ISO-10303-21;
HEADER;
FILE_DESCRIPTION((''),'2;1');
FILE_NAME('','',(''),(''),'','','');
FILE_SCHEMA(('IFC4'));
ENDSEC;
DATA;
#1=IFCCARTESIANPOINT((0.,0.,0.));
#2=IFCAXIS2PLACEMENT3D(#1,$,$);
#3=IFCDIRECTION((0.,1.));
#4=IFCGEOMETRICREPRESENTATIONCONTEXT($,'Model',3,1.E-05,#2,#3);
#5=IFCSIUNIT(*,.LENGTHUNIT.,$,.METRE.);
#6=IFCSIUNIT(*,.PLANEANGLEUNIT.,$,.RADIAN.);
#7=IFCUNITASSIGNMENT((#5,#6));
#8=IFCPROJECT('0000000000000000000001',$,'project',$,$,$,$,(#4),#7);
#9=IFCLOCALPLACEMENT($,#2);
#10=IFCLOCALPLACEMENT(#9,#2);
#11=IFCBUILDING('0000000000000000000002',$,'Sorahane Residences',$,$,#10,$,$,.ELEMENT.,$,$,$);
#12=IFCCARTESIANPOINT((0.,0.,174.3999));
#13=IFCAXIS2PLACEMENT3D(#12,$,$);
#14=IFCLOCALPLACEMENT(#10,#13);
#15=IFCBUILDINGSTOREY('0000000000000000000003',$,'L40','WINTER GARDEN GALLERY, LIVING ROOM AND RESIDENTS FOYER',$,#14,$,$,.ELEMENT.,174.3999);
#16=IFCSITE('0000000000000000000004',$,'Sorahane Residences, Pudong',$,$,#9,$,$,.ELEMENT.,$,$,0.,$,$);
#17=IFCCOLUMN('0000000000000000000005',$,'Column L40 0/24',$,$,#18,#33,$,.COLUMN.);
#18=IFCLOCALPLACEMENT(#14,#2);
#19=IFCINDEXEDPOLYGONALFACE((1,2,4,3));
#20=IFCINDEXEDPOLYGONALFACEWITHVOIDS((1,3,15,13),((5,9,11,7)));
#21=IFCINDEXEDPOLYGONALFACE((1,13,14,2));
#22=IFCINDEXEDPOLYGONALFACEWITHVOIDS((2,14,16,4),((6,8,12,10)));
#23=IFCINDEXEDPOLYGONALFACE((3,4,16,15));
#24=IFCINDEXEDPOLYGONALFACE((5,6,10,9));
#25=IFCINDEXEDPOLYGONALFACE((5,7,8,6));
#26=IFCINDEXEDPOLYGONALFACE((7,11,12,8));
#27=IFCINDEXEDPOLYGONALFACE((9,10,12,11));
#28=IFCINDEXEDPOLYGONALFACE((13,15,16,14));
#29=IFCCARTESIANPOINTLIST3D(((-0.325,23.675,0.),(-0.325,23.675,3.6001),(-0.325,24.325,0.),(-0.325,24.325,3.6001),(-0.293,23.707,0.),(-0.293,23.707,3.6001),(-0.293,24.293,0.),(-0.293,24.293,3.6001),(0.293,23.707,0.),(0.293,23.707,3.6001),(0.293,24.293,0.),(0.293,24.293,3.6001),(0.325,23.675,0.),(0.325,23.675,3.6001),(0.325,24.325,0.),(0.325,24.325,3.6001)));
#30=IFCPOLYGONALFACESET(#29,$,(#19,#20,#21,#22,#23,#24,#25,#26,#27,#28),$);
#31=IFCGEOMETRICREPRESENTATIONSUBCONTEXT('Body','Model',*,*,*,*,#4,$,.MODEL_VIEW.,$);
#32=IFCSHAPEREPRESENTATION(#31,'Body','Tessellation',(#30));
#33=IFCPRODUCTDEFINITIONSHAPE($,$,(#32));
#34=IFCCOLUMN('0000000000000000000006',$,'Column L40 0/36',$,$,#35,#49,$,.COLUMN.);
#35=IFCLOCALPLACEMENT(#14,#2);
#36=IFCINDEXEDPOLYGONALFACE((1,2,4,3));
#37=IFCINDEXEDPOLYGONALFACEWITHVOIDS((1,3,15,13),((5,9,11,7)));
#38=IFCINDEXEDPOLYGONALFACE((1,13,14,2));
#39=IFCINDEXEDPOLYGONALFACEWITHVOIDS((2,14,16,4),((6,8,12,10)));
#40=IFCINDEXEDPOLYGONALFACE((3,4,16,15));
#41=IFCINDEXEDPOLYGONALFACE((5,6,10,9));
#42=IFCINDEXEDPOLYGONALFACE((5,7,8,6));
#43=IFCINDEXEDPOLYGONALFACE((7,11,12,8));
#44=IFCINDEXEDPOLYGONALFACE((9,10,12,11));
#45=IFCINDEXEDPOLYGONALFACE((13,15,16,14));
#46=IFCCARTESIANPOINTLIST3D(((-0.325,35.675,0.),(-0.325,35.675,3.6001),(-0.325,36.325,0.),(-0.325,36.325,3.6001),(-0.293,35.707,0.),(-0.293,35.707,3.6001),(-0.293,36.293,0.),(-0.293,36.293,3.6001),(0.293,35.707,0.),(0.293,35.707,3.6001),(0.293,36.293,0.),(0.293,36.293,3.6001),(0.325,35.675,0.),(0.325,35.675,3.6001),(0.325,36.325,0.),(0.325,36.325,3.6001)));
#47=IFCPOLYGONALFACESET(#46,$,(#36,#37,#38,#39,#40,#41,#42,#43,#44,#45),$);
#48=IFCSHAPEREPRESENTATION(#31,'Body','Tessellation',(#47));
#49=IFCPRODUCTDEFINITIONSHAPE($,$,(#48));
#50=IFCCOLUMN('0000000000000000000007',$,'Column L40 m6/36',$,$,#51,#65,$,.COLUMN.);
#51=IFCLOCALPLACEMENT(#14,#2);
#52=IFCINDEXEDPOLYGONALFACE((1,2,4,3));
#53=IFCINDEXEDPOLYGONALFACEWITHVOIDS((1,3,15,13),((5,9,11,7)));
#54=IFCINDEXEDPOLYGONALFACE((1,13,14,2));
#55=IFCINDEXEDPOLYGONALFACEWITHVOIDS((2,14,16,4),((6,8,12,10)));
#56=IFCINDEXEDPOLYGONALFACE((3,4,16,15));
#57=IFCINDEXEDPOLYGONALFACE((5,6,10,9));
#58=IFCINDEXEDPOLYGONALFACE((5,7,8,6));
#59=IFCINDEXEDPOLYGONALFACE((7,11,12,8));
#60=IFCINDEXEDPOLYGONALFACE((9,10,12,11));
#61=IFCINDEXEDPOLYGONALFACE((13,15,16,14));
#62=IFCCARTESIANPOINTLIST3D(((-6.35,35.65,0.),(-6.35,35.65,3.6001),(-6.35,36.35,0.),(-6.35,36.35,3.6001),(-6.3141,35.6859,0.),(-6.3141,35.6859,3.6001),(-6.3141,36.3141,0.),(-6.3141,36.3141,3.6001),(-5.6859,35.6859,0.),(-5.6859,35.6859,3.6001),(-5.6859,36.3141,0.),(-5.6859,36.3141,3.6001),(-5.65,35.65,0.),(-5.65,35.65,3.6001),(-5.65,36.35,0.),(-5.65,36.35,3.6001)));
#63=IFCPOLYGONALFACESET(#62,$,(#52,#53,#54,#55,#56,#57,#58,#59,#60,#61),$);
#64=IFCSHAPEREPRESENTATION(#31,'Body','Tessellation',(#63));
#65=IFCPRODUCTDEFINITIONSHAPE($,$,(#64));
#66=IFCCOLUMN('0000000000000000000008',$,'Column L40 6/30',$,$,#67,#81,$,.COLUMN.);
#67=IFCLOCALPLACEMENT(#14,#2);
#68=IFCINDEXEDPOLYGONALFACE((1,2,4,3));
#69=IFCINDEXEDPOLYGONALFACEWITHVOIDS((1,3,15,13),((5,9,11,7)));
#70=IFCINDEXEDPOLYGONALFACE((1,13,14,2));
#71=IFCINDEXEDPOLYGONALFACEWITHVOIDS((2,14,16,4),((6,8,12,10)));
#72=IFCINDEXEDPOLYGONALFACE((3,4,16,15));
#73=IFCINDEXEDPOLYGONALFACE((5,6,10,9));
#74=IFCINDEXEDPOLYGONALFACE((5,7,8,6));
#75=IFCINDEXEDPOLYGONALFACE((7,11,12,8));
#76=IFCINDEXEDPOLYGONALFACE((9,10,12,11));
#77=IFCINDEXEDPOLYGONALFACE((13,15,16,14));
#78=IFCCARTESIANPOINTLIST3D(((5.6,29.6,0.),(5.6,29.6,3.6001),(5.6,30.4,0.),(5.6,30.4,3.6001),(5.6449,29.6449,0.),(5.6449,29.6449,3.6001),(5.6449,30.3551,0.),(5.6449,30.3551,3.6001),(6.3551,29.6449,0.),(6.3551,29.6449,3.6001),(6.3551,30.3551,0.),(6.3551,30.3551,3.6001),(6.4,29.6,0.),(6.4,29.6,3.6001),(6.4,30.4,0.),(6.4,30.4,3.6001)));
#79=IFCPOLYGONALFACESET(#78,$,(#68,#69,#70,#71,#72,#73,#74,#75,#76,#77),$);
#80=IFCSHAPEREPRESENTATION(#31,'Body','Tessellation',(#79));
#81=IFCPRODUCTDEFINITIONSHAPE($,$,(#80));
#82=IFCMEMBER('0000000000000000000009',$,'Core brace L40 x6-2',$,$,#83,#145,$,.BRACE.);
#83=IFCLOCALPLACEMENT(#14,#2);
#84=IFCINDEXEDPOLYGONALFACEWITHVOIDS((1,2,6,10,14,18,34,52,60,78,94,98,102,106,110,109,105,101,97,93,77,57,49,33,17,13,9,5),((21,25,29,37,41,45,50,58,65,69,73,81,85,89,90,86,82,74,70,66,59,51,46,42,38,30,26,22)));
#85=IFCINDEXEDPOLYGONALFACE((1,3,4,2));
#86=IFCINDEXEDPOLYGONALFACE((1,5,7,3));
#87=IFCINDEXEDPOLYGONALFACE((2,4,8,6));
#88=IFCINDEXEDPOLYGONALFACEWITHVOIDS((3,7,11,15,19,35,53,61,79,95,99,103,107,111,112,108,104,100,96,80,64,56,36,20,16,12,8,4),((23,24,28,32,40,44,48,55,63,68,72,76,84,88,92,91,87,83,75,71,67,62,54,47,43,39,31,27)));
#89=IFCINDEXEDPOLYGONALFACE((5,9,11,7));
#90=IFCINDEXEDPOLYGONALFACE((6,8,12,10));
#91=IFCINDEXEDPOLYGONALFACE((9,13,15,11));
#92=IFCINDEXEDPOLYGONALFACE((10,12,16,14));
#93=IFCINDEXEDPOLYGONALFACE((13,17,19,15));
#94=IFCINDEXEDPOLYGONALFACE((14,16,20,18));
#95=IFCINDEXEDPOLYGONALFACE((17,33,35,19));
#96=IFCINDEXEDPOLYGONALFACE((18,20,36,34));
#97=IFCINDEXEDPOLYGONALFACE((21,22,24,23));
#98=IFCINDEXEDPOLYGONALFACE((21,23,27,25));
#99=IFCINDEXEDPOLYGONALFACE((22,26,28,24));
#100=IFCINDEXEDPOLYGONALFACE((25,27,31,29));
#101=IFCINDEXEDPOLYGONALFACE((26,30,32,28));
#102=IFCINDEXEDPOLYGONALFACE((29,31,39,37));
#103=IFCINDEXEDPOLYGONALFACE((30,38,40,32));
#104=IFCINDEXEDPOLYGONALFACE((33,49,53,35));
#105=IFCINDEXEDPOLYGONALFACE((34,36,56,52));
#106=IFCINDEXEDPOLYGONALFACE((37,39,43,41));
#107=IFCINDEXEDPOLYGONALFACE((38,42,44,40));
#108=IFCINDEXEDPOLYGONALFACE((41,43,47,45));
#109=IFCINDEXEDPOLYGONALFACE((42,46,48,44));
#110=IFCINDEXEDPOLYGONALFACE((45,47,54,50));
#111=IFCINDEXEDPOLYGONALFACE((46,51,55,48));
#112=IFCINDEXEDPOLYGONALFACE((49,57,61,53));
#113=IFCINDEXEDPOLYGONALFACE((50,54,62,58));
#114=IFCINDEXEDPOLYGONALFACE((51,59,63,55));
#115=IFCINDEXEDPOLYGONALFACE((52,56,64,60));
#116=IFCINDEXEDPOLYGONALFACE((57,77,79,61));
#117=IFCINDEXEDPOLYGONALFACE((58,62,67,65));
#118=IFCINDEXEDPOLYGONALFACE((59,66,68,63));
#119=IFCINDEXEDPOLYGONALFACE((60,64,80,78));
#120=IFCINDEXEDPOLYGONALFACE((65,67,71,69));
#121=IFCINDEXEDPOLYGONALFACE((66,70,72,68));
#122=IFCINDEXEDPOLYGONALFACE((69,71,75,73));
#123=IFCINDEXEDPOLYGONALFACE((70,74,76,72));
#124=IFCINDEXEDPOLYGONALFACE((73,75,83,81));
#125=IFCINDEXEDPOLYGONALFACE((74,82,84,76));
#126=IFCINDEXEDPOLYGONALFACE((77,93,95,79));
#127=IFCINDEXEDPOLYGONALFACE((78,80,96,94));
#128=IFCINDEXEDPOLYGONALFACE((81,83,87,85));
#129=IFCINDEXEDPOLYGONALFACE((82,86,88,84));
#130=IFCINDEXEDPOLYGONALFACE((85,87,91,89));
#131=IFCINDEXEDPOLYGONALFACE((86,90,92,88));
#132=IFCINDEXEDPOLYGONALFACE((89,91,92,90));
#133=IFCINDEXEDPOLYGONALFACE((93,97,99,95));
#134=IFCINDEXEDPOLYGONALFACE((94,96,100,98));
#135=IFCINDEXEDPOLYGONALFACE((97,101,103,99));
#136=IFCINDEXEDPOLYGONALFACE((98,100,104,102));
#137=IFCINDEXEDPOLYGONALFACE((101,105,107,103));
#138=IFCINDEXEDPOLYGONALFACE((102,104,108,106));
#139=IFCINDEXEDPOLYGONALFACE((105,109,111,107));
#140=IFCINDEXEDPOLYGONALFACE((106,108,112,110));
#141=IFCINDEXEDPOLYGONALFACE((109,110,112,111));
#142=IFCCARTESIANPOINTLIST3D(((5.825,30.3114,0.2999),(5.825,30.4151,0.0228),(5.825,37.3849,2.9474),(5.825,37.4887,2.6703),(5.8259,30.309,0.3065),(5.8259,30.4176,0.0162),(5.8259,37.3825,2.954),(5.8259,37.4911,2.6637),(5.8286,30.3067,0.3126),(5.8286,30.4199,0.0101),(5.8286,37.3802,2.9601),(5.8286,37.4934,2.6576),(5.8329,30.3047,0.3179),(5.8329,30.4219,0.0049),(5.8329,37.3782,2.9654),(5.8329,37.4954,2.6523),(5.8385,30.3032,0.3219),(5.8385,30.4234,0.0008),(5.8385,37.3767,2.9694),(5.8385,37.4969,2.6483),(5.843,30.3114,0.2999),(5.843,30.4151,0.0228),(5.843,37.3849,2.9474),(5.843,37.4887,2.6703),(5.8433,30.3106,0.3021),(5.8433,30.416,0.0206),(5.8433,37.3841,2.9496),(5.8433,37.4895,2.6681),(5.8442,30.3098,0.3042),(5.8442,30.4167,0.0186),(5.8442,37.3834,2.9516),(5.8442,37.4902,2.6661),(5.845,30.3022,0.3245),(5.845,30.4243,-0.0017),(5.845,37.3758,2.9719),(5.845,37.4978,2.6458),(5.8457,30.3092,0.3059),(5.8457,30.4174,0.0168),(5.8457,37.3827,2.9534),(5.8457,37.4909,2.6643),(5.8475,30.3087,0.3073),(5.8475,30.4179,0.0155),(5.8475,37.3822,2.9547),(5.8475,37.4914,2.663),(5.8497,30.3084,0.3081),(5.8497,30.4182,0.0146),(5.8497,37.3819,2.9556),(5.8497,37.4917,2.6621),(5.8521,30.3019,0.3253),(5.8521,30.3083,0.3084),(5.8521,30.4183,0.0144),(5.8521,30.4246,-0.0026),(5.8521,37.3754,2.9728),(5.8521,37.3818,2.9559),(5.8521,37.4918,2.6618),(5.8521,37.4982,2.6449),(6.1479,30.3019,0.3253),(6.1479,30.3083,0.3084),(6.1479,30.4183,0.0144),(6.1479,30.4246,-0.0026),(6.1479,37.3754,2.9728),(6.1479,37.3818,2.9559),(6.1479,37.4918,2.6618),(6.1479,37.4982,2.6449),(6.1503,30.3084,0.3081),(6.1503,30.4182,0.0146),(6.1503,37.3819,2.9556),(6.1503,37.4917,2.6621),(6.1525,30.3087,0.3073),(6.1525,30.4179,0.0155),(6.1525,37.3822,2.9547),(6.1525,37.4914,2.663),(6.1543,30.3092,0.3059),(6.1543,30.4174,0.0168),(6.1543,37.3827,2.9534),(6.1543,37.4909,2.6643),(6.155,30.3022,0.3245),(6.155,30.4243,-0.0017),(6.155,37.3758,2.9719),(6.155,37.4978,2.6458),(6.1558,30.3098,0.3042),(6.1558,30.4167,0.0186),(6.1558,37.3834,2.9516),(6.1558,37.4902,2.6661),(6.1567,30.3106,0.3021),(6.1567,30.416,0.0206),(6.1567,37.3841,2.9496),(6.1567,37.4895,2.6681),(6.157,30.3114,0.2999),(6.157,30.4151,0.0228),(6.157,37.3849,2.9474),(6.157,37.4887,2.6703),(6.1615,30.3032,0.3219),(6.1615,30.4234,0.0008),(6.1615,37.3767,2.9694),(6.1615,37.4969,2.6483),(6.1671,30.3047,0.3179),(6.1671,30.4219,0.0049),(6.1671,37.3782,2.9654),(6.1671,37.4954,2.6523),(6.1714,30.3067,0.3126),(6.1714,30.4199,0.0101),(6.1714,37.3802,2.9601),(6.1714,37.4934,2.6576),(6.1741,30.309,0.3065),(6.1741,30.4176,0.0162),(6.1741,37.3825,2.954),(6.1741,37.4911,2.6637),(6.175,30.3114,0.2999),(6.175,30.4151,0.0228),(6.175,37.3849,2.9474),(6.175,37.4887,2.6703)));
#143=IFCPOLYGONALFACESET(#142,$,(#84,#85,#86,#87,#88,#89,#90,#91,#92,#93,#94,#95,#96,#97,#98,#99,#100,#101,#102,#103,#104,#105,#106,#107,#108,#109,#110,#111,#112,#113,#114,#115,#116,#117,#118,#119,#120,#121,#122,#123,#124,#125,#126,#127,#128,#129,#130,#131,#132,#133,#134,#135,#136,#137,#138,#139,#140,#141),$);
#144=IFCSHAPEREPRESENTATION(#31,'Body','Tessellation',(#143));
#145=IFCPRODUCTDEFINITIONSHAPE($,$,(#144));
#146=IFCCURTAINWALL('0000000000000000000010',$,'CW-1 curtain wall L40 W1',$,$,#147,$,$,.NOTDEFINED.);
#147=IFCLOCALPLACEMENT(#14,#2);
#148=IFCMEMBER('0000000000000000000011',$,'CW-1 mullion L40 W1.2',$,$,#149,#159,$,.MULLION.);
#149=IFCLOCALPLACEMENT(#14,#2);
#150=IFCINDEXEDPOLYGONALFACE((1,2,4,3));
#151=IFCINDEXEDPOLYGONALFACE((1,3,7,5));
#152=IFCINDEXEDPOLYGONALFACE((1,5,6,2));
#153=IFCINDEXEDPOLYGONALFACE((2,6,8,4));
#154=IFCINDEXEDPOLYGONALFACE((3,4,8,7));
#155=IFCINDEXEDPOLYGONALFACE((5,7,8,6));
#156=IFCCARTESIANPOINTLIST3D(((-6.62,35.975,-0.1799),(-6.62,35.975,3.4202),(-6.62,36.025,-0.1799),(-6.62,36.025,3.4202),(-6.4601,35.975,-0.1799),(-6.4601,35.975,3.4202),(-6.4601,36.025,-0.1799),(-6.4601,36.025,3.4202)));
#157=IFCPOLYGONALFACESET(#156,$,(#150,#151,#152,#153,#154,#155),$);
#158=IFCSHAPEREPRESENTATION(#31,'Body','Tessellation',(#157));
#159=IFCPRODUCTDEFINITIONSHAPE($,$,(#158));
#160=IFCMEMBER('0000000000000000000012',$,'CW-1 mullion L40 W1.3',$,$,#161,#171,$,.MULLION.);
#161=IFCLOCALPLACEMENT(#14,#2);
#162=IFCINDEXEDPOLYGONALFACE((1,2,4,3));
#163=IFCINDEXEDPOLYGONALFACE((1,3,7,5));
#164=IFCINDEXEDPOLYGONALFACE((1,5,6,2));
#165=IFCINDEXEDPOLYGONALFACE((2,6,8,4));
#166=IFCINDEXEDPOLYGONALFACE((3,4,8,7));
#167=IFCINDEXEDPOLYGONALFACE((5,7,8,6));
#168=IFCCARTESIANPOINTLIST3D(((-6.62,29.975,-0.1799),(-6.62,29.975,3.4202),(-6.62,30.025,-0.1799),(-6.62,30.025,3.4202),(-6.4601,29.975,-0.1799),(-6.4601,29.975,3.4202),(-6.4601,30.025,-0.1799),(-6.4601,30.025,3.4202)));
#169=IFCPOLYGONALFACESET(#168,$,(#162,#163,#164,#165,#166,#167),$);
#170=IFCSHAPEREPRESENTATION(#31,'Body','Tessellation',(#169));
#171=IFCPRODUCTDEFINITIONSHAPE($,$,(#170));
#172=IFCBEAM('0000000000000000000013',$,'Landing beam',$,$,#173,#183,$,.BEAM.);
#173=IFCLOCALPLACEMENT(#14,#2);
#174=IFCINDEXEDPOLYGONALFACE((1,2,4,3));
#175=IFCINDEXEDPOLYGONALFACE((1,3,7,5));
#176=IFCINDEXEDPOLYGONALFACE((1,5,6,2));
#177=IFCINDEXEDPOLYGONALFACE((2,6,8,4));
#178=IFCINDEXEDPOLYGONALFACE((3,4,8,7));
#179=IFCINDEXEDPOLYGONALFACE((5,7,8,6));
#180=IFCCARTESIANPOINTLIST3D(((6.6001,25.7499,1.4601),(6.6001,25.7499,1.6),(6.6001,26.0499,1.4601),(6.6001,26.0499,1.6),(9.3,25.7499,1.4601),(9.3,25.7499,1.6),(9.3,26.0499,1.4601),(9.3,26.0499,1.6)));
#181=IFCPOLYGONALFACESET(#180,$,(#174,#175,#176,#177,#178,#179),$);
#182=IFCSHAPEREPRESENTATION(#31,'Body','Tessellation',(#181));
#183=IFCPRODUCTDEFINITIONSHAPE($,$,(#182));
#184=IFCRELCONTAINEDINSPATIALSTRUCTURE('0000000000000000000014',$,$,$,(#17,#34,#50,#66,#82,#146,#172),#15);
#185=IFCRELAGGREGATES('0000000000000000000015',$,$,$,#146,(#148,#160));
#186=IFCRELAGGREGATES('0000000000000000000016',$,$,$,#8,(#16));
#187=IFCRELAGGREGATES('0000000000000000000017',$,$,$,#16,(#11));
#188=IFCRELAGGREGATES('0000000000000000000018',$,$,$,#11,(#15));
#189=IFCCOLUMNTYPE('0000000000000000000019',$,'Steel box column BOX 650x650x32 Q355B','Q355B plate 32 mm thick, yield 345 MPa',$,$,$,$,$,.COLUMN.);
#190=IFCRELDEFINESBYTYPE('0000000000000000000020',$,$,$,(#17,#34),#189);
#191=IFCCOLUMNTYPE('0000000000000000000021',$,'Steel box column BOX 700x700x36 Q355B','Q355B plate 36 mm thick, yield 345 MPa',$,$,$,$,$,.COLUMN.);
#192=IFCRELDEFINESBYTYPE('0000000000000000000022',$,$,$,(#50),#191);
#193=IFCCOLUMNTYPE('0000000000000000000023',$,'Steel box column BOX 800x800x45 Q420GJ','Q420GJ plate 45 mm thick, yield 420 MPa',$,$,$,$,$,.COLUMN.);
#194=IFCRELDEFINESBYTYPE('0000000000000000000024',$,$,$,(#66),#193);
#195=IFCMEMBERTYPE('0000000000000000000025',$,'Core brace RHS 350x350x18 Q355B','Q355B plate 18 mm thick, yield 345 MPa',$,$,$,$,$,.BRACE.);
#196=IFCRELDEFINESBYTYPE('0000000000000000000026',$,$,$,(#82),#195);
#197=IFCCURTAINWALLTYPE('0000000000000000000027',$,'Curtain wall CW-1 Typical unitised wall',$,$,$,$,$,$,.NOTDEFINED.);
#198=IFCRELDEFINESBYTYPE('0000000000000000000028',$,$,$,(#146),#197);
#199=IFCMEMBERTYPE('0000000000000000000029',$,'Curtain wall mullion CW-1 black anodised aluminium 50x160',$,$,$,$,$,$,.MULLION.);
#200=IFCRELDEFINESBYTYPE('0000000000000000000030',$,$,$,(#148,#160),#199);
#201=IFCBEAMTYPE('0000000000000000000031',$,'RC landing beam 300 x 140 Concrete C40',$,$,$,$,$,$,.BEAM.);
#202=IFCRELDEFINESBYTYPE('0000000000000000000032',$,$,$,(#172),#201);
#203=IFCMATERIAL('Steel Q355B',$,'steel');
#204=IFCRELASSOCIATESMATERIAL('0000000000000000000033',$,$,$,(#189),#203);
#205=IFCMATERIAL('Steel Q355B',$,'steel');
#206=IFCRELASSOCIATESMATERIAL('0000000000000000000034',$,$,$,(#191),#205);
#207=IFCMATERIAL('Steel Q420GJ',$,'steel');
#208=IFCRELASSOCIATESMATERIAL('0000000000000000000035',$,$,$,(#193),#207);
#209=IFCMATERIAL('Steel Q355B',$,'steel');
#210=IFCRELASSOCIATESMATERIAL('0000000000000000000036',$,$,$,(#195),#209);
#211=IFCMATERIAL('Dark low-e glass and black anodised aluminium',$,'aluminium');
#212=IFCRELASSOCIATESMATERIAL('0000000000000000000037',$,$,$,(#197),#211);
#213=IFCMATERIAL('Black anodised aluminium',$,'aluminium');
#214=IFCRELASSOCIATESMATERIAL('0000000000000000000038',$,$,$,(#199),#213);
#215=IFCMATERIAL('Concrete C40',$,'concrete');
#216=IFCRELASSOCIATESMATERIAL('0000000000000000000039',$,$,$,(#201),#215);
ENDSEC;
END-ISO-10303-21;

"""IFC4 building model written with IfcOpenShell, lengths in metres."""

from ifc_helpers import new_model, si_unit, direction, frame, origin, origin_2d, place, context, subcontext, project, spatial, rectangle, hollow_rectangle, extrude, material, material_profile, profile_set, type_object, element, aggregate, save


model = new_model("IFC4")

# Units and contexts
model_context = context("Model", 3, precision=1e-05, world=origin(), true_north=direction((0.0, 1.0)))
body_context = subcontext(model_context, "Body", "Model", "MODEL_VIEW")
ifc_project = project(units=[si_unit("LENGTHUNIT", "METRE"), si_unit("PLANEANGLEUNIT", "RADIAN")], contexts=[model_context])

# Site, building, storey
site_placement = place(None, origin())
site = spatial("IfcSite", under=ifc_project, at=site_placement, Name="Sorahane Residences, Pudong", CompositionType="ELEMENT", RefElevation=0.0)
building_placement = place(site_placement, origin())
building = spatial("IfcBuilding", under=site, at=building_placement, Name="Sorahane Residences", CompositionType="ELEMENT")
storey_placement = place(building_placement, frame((0.0, 0.0, 174.3999)))
storey = spatial("IfcBuildingStorey", under=building, at=storey_placement, Name="L40", Description="WINTER GARDEN GALLERY, LIVING ROOM AND RESIDENTS FOYER", CompositionType="ELEMENT", Elevation=174.3999)

# Columns
ifc_material_1 = material(Name="Steel Q355B", Category="steel")
ifc_material_profile_1 = material_profile(ifc_material_1, hollow_rectangle(XDim=0.6499, YDim=0.6499, WallThickness=0.032, at=origin_2d()), Name="BOX 650x650x32")
ifc_profile_set_1 = profile_set([ifc_material_profile_1], Name="Steel Q355B")
column_type_1 = type_object("IfcColumnType", Name="Steel box column BOX 650x650x32 Q355B", Description="Q355B plate 32 mm thick, yield 345 MPa", PredefinedType="COLUMN", material=ifc_profile_set_1)
for number, where, z_axis, x_axis, name in (
    (1, (0.0, 24.0, 0.0), (0.0, 0.0, 1.0), (1.0, 0.0, 0.0), "Column L40 0/24"),
    (2, (0.0, 36.0, 0.0), (0.0, 0.0, 1.0), (1.0, 0.0, 0.0), "Column L40 0/36"),
):
    element("IfcColumn", number, at=place(storey_placement, frame(where, z_axis=z_axis, x_axis=x_axis)), inside=storey, type_object=column_type_1, Name=name, PredefinedType="COLUMN", context=body_context, shape_type="SweptSolid", body=[
        extrude(hollow_rectangle(XDim=0.6499, YDim=0.6499, WallThickness=0.032, at=origin_2d()), origin(), (0.0, 0.0, 1.0), 3.6001),
    ])
ifc_material_2 = material(Name="Steel Q355B", Category="steel")
ifc_material_profile_2 = material_profile(ifc_material_2, hollow_rectangle(XDim=0.7, YDim=0.7, WallThickness=0.0359, at=origin_2d()), Name="BOX 700x700x36")
ifc_profile_set_2 = profile_set([ifc_material_profile_2], Name="Steel Q355B")
column_type_2 = type_object("IfcColumnType", Name="Steel box column BOX 700x700x36 Q355B", Description="Q355B plate 36 mm thick, yield 345 MPa", PredefinedType="COLUMN", material=ifc_profile_set_2)
column_1_placement = place(storey_placement, frame((-6.0, 36.0, 0.0), z_axis=(0.0, 0.0, 1.0), x_axis=(1.0, 0.0, 0.0)))
element("IfcColumn", 3, at=column_1_placement, inside=storey, type_object=column_type_2, Name="Column L40 m6/36", PredefinedType="COLUMN", context=body_context, shape_type="SweptSolid", body=[
    extrude(hollow_rectangle(XDim=0.7, YDim=0.7, WallThickness=0.0359, at=origin_2d()), origin(), (0.0, 0.0, 1.0), 3.6001),
])
ifc_material_3 = material(Name="Steel Q420GJ", Category="steel")
ifc_material_profile_3 = material_profile(ifc_material_3, hollow_rectangle(XDim=0.8, YDim=0.8, WallThickness=0.0449, at=origin_2d()), Name="BOX 800x800x45")
ifc_profile_set_3 = profile_set([ifc_material_profile_3], Name="Steel Q420GJ")
column_type_3 = type_object("IfcColumnType", Name="Steel box column BOX 800x800x45 Q420GJ", Description="Q420GJ plate 45 mm thick, yield 420 MPa", PredefinedType="COLUMN", material=ifc_profile_set_3)
column_2_placement = place(storey_placement, frame((6.0, 30.0, 0.0), z_axis=(0.0, 0.0, 1.0), x_axis=(1.0, 0.0, 0.0)))
element("IfcColumn", 4, at=column_2_placement, inside=storey, type_object=column_type_3, Name="Column L40 6/30", PredefinedType="COLUMN", context=body_context, shape_type="SweptSolid", body=[
    extrude(hollow_rectangle(XDim=0.8, YDim=0.8, WallThickness=0.0449, at=origin_2d()), origin(), (0.0, 0.0, 1.0), 3.6001),
])

# Member
ifc_material_4 = material(Name="Steel Q355B", Category="steel")
ifc_material_profile_4 = material_profile(ifc_material_4, hollow_rectangle(XDim=0.3501, YDim=0.3501, WallThickness=0.0181, InnerFilletRadius=0.009, OuterFilletRadius=0.0271, at=origin_2d()), Name="RHS 350x350x18")
ifc_profile_set_4 = profile_set([ifc_material_profile_4], Name="Steel Q355B")
member_type_1 = type_object("IfcMemberType", Name="Core brace RHS 350x350x18 Q355B", Description="Q355B plate 18 mm thick, yield 345 MPa", PredefinedType="BRACE", material=ifc_profile_set_4)
member_1_placement = place(storey_placement, frame((6.0, 30.3633, 0.1614), z_axis=(0.0, 0.936551, 0.350532), x_axis=(-1.0, 0.0, 0.0)))
element("IfcMember", 5, at=member_1_placement, inside=storey, type_object=member_type_1, Name="Core brace L40 x6-2", PredefinedType="BRACE", context=body_context, shape_type="SweptSolid", body=[
    extrude(hollow_rectangle(XDim=0.3501, YDim=0.3501, WallThickness=0.0181, InnerFilletRadius=0.009, OuterFilletRadius=0.0271, at=origin_2d()), origin(), (0.0, 0.0, 1.0), 7.5527),
])

# Curtain wall, members
ifc_material_5 = material(Name="Dark low-e glass and black anodised aluminium", Category="aluminium")
curtain_wall_type = type_object("IfcCurtainWallType", Name="Curtain wall CW-1 Typical unitised wall", PredefinedType="NOTDEFINED", material=ifc_material_5)
curtain_wall_placement = place(storey_placement, origin())
curtain_wall = element("IfcCurtainWall", 6, at=curtain_wall_placement, inside=storey, type_object=curtain_wall_type, Name="CW-1 curtain wall L40 W1", PredefinedType="NOTDEFINED")
ifc_material_6 = material(Name="Black anodised aluminium", Category="aluminium")
ifc_material_profile_5 = material_profile(ifc_material_6, rectangle(XDim=0.1599, YDim=0.05, at=origin_2d()), Name="Curtain wall mullion CW-1 black anodised aluminium 50x160")
ifc_profile_set_5 = profile_set([ifc_material_profile_5], Name="Black anodised aluminium")
member_type_2 = type_object("IfcMemberType", Name="Curtain wall mullion CW-1 black anodised aluminium 50x160", PredefinedType="MULLION", material=ifc_profile_set_5)
member_2_placement = place(storey_placement, frame((-6.54, 36.0, -0.1799), z_axis=(0.0, 0.0, 1.0), x_axis=(-1.0, 0.0, 0.0)))
member_2 = element("IfcMember", 7, at=member_2_placement, type_object=member_type_2, Name="CW-1 mullion L40 W1.2", PredefinedType="MULLION", context=body_context, shape_type="SweptSolid", body=[
    extrude(rectangle(XDim=0.1599, YDim=0.05, at=origin_2d()), origin(), (0.0, 0.0, 1.0), 3.6001),
])
member_3_placement = place(storey_placement, frame((-6.54, 30.0, -0.1799), z_axis=(0.0, 0.0, 1.0), x_axis=(-1.0, 0.0, 0.0)))
member_3 = element("IfcMember", 8, at=member_3_placement, type_object=member_type_2, Name="CW-1 mullion L40 W1.3", PredefinedType="MULLION", context=body_context, shape_type="SweptSolid", body=[
    extrude(rectangle(XDim=0.1599, YDim=0.05, at=origin_2d()), origin(), (0.0, 0.0, 1.0), 3.6001),
])

# Beam
ifc_material_7 = material(Name="Concrete C40", Category="concrete")
ifc_material_profile_6 = material_profile(ifc_material_7, rectangle(XDim=0.3, YDim=0.1399, at=origin_2d()), Name="300x140")
ifc_profile_set_6 = profile_set([ifc_material_profile_6], Name="Concrete C40")
beam_type_1 = type_object("IfcBeamType", Name="RC landing beam 300 x 140 Concrete C40", PredefinedType="BEAM", material=ifc_profile_set_6)
for number, where, z_axis, x_axis, name in (
    (9, (6.6001, 25.8999, 1.53), (1.0, 0.0, 0.0), (0.0, 1.0, 0.0), "Landing beam"),
):
    element("IfcBeam", number, at=place(storey_placement, frame(where, z_axis=z_axis, x_axis=x_axis)), inside=storey, type_object=beam_type_1, Name=name, PredefinedType="BEAM", context=body_context, shape_type="SweptSolid", body=[
        extrude(rectangle(XDim=0.3, YDim=0.1399, at=origin_2d()), origin(), (0.0, 0.0, 1.0), 2.7),
    ])

aggregate(curtain_wall, [member_2, member_3])

save(model, "model.ifc")
